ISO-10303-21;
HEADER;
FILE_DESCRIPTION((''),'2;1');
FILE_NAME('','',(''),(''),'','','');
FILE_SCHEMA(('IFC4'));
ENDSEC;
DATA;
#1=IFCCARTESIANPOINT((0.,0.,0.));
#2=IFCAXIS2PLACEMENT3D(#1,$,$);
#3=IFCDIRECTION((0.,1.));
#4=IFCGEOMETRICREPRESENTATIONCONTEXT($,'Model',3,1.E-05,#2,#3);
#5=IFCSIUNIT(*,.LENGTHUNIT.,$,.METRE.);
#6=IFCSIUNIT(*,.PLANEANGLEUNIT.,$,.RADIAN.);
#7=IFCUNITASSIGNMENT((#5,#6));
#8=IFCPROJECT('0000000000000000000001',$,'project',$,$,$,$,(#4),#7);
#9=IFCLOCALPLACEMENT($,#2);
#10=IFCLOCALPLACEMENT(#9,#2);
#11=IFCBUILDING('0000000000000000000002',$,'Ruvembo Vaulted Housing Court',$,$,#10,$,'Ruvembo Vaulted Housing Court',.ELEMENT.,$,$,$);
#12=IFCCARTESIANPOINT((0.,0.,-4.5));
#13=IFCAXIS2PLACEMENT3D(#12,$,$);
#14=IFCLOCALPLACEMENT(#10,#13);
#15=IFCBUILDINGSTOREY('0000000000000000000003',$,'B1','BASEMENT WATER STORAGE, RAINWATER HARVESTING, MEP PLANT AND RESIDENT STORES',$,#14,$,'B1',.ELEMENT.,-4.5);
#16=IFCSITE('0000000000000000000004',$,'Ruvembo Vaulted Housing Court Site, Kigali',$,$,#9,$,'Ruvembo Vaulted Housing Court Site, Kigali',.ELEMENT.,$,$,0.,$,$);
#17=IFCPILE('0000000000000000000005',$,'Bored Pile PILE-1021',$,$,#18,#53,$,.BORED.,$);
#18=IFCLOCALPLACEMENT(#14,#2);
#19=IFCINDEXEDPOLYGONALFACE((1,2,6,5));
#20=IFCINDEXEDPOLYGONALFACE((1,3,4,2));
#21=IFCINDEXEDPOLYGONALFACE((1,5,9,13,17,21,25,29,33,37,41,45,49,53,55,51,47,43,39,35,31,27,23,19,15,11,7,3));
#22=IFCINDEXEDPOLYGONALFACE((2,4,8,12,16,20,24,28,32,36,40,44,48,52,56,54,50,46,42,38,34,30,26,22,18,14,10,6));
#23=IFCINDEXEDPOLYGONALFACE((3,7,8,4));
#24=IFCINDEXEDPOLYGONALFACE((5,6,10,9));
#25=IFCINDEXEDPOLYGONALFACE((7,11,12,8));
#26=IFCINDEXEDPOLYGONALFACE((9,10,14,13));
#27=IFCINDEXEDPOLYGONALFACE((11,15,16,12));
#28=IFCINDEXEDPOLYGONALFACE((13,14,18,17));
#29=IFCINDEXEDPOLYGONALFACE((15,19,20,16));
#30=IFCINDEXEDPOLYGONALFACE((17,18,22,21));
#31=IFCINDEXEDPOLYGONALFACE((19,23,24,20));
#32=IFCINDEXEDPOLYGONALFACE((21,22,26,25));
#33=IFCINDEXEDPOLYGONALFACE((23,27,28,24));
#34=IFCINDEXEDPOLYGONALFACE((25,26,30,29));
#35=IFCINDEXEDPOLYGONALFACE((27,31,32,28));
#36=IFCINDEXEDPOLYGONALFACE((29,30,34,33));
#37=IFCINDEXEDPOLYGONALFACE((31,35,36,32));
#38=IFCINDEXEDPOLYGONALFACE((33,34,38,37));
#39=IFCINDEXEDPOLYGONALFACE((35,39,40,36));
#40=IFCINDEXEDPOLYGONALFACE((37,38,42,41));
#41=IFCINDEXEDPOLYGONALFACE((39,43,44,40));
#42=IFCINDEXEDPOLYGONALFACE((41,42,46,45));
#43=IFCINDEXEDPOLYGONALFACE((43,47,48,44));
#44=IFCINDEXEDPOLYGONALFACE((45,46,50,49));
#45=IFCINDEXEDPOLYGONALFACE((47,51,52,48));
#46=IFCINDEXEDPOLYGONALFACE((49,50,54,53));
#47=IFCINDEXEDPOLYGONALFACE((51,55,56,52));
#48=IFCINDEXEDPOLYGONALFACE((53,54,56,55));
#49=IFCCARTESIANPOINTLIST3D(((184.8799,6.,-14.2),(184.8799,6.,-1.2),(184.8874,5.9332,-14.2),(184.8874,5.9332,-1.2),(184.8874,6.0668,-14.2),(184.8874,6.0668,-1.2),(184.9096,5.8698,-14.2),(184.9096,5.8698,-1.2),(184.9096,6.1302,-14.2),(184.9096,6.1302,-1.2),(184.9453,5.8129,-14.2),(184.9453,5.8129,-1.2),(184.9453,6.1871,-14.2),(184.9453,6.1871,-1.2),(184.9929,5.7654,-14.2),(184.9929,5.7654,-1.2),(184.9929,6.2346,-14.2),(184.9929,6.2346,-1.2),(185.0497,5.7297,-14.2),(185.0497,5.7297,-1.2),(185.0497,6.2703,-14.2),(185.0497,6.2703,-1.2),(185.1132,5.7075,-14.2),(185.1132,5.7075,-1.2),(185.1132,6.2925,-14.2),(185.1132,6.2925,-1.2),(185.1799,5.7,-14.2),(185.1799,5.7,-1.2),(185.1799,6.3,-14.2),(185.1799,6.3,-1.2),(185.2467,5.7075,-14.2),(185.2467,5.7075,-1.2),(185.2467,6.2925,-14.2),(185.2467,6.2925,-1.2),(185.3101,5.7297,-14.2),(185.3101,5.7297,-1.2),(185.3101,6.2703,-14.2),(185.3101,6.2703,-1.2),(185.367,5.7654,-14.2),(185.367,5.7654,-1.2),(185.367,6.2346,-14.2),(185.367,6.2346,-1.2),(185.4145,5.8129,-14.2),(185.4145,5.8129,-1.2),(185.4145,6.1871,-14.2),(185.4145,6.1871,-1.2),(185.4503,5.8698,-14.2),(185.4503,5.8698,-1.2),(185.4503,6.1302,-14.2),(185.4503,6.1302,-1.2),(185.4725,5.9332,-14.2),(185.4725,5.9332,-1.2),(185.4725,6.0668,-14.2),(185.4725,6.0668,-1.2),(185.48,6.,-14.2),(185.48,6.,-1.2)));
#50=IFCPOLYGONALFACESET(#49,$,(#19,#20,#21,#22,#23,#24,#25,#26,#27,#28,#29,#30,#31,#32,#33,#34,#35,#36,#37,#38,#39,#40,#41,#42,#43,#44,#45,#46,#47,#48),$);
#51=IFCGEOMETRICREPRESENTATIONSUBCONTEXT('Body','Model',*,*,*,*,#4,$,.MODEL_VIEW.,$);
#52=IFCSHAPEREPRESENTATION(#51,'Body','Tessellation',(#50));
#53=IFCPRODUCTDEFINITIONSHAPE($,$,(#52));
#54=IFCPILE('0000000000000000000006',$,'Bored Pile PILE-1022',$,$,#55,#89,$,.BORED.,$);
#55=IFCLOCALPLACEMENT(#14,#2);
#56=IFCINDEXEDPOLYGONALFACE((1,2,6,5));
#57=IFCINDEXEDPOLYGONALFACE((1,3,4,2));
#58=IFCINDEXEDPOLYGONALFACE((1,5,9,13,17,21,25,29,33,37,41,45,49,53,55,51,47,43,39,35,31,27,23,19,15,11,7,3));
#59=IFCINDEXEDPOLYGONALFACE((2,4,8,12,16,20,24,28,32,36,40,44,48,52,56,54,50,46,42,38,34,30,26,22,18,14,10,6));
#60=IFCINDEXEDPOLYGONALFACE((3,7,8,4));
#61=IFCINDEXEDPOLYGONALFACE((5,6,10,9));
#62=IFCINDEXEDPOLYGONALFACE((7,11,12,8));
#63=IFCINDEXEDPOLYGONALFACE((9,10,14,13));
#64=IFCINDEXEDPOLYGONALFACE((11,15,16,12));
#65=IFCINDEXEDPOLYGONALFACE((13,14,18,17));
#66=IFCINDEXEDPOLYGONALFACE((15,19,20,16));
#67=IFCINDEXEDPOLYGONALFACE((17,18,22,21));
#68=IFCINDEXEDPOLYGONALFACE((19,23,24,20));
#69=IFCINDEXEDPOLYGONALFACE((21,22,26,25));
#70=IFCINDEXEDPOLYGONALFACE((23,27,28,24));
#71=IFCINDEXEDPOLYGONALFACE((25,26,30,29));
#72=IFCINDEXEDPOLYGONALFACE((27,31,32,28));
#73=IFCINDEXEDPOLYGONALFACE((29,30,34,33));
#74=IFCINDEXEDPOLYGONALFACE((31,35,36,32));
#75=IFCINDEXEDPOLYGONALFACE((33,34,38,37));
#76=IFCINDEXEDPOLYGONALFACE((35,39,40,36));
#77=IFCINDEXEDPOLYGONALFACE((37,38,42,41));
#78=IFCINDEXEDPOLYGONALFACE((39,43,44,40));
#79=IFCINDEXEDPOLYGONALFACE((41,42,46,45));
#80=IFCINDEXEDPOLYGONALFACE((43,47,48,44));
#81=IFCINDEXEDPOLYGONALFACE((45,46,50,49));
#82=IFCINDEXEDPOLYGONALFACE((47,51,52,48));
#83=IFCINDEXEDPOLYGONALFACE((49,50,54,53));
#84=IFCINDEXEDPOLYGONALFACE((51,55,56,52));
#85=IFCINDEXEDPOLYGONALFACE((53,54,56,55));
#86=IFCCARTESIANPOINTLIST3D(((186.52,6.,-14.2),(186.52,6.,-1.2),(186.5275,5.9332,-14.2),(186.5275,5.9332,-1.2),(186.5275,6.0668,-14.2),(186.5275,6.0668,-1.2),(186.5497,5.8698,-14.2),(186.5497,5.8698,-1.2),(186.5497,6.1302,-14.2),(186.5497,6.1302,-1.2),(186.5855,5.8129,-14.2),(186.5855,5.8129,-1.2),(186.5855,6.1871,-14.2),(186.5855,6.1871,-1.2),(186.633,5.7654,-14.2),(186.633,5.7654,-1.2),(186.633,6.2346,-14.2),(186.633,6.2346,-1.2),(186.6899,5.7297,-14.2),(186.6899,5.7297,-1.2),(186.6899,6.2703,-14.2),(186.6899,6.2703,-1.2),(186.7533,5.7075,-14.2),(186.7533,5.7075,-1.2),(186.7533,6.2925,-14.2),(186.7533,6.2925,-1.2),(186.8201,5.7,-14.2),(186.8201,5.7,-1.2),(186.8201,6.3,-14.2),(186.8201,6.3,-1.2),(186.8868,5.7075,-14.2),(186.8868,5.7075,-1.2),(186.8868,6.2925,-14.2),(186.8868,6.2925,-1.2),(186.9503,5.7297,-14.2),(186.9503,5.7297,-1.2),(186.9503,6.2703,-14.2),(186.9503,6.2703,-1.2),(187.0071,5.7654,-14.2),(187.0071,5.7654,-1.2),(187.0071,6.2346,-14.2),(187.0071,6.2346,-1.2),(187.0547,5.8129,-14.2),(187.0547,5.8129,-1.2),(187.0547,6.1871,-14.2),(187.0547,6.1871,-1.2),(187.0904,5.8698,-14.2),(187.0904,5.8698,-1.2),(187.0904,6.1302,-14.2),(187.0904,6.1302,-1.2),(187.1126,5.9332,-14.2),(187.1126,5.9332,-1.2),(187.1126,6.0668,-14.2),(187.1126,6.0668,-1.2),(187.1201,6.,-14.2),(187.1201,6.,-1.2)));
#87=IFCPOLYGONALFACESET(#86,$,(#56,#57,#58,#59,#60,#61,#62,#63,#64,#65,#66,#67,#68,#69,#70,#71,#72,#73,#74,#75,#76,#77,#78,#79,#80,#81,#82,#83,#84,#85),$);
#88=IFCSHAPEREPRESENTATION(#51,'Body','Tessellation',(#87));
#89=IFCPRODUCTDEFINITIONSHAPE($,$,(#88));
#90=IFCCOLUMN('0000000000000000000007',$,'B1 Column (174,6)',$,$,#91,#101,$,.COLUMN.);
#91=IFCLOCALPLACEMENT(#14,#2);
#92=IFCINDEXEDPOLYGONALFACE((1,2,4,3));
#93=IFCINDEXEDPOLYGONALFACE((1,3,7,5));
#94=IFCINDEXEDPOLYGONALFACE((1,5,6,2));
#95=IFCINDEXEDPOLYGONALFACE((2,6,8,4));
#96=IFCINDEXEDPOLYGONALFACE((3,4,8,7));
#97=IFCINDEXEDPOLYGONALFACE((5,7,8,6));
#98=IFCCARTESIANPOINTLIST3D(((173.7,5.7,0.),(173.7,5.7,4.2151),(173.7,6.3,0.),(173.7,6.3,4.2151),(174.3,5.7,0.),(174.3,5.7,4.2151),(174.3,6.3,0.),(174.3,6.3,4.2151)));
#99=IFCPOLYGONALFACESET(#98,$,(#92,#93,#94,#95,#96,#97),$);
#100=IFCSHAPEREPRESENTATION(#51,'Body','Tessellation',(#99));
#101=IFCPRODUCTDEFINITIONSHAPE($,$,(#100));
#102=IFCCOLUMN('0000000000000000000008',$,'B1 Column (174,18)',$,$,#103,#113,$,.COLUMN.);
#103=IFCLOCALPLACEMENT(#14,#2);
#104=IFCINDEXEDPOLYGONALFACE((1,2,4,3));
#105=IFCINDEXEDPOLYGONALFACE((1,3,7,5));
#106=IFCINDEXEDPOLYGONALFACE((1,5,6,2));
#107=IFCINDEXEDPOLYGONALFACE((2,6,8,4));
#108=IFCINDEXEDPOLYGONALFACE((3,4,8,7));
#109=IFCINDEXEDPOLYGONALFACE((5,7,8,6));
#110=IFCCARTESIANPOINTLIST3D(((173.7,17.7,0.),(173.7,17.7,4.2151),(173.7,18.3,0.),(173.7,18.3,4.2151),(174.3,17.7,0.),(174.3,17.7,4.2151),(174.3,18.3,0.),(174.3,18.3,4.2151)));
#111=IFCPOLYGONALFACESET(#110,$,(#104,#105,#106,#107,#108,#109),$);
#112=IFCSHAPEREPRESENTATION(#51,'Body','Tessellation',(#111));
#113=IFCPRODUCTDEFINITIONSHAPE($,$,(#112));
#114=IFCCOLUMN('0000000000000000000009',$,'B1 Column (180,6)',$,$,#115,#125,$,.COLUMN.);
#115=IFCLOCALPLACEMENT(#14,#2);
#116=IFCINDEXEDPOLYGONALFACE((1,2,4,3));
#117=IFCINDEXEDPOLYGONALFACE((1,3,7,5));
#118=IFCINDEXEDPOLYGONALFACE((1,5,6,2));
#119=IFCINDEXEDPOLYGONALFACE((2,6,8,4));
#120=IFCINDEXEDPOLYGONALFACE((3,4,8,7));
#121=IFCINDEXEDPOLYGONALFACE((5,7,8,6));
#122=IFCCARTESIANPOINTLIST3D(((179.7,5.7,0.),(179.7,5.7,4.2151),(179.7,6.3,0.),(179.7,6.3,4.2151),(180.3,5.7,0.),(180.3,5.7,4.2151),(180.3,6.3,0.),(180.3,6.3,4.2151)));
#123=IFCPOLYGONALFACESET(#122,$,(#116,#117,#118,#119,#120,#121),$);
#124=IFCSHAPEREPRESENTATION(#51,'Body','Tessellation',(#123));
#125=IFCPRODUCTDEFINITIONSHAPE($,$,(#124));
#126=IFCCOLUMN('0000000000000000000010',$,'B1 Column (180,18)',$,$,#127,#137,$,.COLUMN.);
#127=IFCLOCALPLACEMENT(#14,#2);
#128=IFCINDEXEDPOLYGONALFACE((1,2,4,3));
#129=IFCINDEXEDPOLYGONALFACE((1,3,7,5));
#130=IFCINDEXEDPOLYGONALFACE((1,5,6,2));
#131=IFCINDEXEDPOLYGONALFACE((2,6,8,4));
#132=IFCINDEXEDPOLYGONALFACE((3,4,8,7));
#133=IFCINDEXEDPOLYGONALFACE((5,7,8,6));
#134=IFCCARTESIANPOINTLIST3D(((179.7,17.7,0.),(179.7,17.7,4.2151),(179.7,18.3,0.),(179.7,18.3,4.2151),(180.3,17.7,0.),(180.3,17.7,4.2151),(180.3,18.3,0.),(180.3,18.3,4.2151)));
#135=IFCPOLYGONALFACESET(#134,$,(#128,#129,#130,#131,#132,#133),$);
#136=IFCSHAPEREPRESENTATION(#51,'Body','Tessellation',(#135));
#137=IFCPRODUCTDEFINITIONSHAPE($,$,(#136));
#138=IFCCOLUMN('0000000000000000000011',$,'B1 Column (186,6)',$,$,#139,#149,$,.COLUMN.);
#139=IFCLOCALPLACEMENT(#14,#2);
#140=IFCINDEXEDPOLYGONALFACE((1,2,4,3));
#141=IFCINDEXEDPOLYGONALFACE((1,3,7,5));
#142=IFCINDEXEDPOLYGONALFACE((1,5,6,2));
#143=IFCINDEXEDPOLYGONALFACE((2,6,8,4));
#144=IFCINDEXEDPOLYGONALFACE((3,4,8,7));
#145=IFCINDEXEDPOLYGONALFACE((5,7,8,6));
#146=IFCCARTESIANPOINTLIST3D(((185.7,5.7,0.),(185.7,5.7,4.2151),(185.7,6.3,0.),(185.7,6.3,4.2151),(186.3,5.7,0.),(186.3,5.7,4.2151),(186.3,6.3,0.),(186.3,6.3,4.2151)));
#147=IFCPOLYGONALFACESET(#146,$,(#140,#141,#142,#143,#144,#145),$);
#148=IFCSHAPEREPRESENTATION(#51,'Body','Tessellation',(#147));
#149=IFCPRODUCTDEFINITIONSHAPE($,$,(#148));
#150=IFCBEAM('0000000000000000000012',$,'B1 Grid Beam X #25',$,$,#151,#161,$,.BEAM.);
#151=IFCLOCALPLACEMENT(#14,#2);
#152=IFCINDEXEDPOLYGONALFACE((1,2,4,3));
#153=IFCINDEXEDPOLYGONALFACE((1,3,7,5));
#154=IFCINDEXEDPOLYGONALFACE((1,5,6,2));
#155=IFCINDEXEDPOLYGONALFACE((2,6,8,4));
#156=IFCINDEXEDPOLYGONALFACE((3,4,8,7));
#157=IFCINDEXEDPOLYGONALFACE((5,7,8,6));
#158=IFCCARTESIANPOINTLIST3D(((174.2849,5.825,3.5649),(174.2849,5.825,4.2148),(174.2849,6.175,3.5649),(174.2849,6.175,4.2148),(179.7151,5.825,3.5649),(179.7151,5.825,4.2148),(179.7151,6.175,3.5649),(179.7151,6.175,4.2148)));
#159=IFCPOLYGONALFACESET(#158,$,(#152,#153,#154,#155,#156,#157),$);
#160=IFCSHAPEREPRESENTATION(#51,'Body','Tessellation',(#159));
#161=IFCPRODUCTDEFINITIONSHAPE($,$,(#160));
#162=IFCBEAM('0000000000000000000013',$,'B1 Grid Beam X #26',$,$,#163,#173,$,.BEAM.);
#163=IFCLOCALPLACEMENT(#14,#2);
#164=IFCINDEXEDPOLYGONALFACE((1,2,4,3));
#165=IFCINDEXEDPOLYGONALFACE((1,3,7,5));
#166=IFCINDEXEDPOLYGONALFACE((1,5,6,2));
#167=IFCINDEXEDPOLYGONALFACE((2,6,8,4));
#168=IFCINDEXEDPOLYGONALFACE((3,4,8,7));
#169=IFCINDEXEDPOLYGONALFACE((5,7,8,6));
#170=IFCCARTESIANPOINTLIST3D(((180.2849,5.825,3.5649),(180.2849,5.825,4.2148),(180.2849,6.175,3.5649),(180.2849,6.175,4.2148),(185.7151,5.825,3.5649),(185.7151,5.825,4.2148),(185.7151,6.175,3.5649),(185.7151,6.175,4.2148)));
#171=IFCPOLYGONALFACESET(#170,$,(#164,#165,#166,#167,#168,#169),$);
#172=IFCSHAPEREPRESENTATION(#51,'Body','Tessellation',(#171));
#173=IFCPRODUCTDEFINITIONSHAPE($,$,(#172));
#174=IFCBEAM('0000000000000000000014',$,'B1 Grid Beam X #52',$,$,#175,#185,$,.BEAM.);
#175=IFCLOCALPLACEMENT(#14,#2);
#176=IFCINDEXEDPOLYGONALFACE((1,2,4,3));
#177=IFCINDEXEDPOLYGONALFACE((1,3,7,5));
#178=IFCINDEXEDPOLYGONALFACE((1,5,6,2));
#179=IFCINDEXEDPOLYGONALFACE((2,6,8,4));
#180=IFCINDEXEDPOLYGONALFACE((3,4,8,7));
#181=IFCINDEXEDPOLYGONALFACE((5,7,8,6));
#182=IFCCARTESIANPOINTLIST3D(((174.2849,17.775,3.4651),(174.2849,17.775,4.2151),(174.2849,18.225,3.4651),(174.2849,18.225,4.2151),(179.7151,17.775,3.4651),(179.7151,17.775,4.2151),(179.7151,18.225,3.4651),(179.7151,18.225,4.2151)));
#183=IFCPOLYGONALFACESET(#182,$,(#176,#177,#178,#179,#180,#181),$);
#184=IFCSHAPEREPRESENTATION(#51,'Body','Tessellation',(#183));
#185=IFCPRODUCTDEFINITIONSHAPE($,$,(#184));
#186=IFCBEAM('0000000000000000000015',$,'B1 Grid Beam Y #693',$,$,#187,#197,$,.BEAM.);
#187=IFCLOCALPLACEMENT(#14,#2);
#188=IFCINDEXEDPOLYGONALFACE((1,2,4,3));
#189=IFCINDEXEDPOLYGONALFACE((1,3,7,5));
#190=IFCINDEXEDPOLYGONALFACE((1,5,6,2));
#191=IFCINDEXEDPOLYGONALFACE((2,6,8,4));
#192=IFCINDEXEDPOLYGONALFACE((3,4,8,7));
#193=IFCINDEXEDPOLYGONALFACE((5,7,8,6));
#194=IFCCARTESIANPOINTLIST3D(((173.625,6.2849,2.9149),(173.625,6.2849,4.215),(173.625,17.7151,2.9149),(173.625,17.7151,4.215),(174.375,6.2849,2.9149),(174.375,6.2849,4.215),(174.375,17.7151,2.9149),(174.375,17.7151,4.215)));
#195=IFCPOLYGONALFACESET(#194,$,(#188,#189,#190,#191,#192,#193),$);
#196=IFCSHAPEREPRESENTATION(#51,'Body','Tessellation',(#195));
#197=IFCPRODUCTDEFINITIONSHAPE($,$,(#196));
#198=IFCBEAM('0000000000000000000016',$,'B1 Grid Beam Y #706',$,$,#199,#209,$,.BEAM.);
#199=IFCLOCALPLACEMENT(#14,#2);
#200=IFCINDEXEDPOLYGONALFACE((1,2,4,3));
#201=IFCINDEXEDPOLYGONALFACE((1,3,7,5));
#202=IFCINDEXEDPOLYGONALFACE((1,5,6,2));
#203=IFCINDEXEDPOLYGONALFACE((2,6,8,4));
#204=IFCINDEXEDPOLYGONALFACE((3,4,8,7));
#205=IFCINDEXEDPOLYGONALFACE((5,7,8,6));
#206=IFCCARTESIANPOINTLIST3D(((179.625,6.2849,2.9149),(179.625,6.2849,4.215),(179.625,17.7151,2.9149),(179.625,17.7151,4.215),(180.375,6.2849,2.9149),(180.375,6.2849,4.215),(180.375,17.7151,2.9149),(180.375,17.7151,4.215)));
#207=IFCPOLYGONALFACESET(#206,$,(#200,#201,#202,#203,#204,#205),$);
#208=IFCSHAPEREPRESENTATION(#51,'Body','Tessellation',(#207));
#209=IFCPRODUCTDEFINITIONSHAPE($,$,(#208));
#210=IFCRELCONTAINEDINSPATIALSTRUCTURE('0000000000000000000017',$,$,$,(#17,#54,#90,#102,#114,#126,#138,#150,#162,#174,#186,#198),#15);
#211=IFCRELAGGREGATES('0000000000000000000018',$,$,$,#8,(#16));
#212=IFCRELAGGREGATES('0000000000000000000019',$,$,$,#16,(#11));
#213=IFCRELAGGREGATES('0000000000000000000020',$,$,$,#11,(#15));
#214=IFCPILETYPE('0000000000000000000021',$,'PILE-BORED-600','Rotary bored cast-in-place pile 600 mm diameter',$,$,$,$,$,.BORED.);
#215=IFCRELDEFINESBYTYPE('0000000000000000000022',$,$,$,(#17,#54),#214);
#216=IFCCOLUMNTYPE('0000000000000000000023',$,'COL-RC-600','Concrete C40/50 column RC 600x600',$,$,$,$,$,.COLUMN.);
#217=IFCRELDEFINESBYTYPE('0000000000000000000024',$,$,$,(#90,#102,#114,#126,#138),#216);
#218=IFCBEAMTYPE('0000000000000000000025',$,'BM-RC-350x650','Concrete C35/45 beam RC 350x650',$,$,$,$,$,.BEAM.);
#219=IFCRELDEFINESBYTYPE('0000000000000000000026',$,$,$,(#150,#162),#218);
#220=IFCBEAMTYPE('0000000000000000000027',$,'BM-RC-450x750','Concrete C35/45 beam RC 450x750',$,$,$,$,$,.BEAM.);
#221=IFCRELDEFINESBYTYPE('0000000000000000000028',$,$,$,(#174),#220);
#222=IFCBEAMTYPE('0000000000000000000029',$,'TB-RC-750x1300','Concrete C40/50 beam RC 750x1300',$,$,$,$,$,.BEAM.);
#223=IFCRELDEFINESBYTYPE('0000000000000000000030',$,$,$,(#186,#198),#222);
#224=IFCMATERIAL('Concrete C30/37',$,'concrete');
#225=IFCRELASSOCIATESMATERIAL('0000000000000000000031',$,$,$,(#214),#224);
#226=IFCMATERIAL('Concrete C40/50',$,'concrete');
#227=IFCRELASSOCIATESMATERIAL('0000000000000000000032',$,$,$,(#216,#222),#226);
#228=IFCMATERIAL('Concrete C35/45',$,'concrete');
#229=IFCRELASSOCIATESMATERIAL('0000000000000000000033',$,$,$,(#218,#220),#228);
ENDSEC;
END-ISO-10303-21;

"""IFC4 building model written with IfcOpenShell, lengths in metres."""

from ifc_helpers import new_model, si_unit, direction, frame, origin, origin_2d, place, context, subcontext, project, spatial, rectangle, circle, extrude, material, material_profile, profile_set, type_object, element, save


model = new_model("IFC4")

# Units and contexts
model_context = context("Model", 3, precision=1e-05, world=origin(), true_north=direction((0.0, 1.0)))
body_context = subcontext(model_context, "Body", "Model", "MODEL_VIEW")
ifc_project = project(units=[si_unit("LENGTHUNIT", "METRE"), si_unit("PLANEANGLEUNIT", "RADIAN")], contexts=[model_context])

# Site, building, storey
site_placement = place(None, origin())
site = spatial("IfcSite", under=ifc_project, at=site_placement, Name="Ruvembo Vaulted Housing Court Site, Kigali", LongName="Ruvembo Vaulted Housing Court Site, Kigali", CompositionType="ELEMENT", RefElevation=0.0)
building_placement = place(site_placement, origin())
building = spatial("IfcBuilding", under=site, at=building_placement, Name="Ruvembo Vaulted Housing Court", LongName="Ruvembo Vaulted Housing Court", CompositionType="ELEMENT")
storey_placement = place(building_placement, frame((0.0, 0.0, -4.5)))
storey = spatial("IfcBuildingStorey", under=building, at=storey_placement, Name="B1", Description="BASEMENT WATER STORAGE, RAINWATER HARVESTING, MEP PLANT AND RESIDENT STORES", LongName="B1", CompositionType="ELEMENT", Elevation=-4.5)

# Shared definitions
ifc_material_1 = material(Name="Concrete C35/45", Category="concrete")

# Piles
ifc_material_2 = material(Name="Concrete C30/37", Category="concrete")
ifc_material_profile_1 = material_profile(ifc_material_2, circle(Radius=0.3, at=origin_2d()), Name="PILE D600")
ifc_profile_set_1 = profile_set([ifc_material_profile_1], Name="Concrete C30/37")
pile_type = type_object("IfcPileType", Name="PILE-BORED-600", Description="Rotary bored cast-in-place pile 600 mm diameter", PredefinedType="BORED", material=ifc_profile_set_1)
for number, where, z_axis, x_axis, name in (
    (1, (185.1799, 6.0, -1.2), (0.0, 0.0, -1.0), (1.0, 0.0, 0.0), "Bored Pile PILE-1021"),
    (2, (186.8201, 6.0, -1.2), (0.0, 0.0, -1.0), (1.0, 0.0, 0.0), "Bored Pile PILE-1022"),
):
    element("IfcPile", number, at=place(storey_placement, frame(where, z_axis=z_axis, x_axis=x_axis)), inside=storey, type_object=pile_type, Name=name, PredefinedType="BORED", context=body_context, shape_type="SweptSolid", body=[
        extrude(circle(Radius=0.3, at=origin_2d()), origin(), (0.0, 0.0, 1.0), 13.0),
    ])

# Columns
ifc_material_3 = material(Name="Concrete C40/50", Category="concrete")
ifc_material_profile_2 = material_profile(ifc_material_3, rectangle(XDim=0.6001, YDim=0.6001, at=origin_2d()), Name="RC 600x600")
ifc_profile_set_2 = profile_set([ifc_material_profile_2], Name="Concrete C40/50")
column_type = type_object("IfcColumnType", Name="COL-RC-600", Description="Concrete C40/50 column RC 600x600", PredefinedType="COLUMN", material=ifc_profile_set_2)
for number, where, z_axis, x_axis, name in (
    (3, (174.0, 6.0, 0.0), (0.0, 0.0, 1.0), (1.0, 0.0, 0.0), "B1 Column (174,6)"),
    (4, (174.0, 18.0, 0.0), (0.0, 0.0, 1.0), (1.0, 0.0, 0.0), "B1 Column (174,18)"),
    (5, (180.0, 6.0, 0.0), (0.0, 0.0, 1.0), (1.0, 0.0, 0.0), "B1 Column (180,6)"),
    (6, (180.0, 18.0, 0.0), (0.0, 0.0, 1.0), (1.0, 0.0, 0.0), "B1 Column (180,18)"),
    (7, (186.0, 6.0, 0.0), (0.0, 0.0, 1.0), (1.0, 0.0, 0.0), "B1 Column (186,6)"),
):
    element("IfcColumn", number, at=place(storey_placement, frame(where, z_axis=z_axis, x_axis=x_axis)), inside=storey, type_object=column_type, Name=name, PredefinedType="COLUMN", context=body_context, shape_type="SweptSolid", body=[
        extrude(rectangle(XDim=0.6001, YDim=0.6001, at=origin_2d()), origin(), (0.0, 0.0, 1.0), 4.2151),
    ])

# Beams
ifc_material_profile_3 = material_profile(ifc_material_1, rectangle(XDim=0.3501, YDim=0.6499, at=origin_2d()), Name="RC 350x650")
ifc_profile_set_3 = profile_set([ifc_material_profile_3], Name="Concrete C35/45")
beam_type_1 = type_object("IfcBeamType", Name="BM-RC-350x650", Description="Concrete C35/45 beam RC 350x650", PredefinedType="BEAM", material=ifc_profile_set_3)
for number, where, z_axis, x_axis, name in (
    (8, (174.2849, 6.0, 3.8899), (1.0, 0.0, 0.0), (0.0, 1.0, 0.0), "B1 Grid Beam X #25"),
    (9, (180.2849, 6.0, 3.8899), (1.0, 0.0, 0.0), (0.0, 1.0, 0.0), "B1 Grid Beam X #26"),
):
    element("IfcBeam", number, at=place(storey_placement, frame(where, z_axis=z_axis, x_axis=x_axis)), inside=storey, type_object=beam_type_1, Name=name, PredefinedType="BEAM", context=body_context, shape_type="SweptSolid", body=[
        extrude(rectangle(XDim=0.3501, YDim=0.6499, at=origin_2d()), origin(), (0.0, 0.0, 1.0), 5.4302),
    ])
ifc_material_profile_4 = material_profile(ifc_material_1, rectangle(XDim=0.45, YDim=0.75, at=origin_2d()), Name="RC 450x750")
ifc_profile_set_4 = profile_set([ifc_material_profile_4], Name="Concrete C35/45")
beam_type_2 = type_object("IfcBeamType", Name="BM-RC-450x750", Description="Concrete C35/45 beam RC 450x750", PredefinedType="BEAM", material=ifc_profile_set_4)
beam_placement = place(storey_placement, frame((174.2849, 18.0, 3.8401), z_axis=(1.0, 0.0, 0.0), x_axis=(0.0, 1.0, 0.0)))
element("IfcBeam", 10, at=beam_placement, inside=storey, type_object=beam_type_2, Name="B1 Grid Beam X #52", PredefinedType="BEAM", context=body_context, shape_type="SweptSolid", body=[
    extrude(rectangle(XDim=0.45, YDim=0.75, at=origin_2d()), origin(), (0.0, 0.0, 1.0), 5.4302),
])
ifc_material_profile_5 = material_profile(ifc_material_3, rectangle(XDim=0.75, YDim=1.3, at=origin_2d()), Name="RC 750x1300")
ifc_profile_set_5 = profile_set([ifc_material_profile_5], Name="Concrete C40/50")
beam_type_3 = type_object("IfcBeamType", Name="TB-RC-750x1300", Description="Concrete C40/50 beam RC 750x1300", PredefinedType="BEAM", material=ifc_profile_set_5)
for number, where, z_axis, x_axis, name in (
    (11, (174.0, 6.2849, 3.5649), (0.0, 1.0, 0.0), (-1.0, 0.0, 0.0), "B1 Grid Beam Y #693"),
    (12, (180.0, 6.2849, 3.5649), (0.0, 1.0, 0.0), (-1.0, 0.0, 0.0), "B1 Grid Beam Y #706"),
):
    element("IfcBeam", number, at=place(storey_placement, frame(where, z_axis=z_axis, x_axis=x_axis)), inside=storey, type_object=beam_type_3, Name=name, PredefinedType="BEAM", context=body_context, shape_type="SweptSolid", body=[
        extrude(rectangle(XDim=0.75, YDim=1.3, at=origin_2d()), origin(), (0.0, 0.0, 1.0), 11.4302),
    ])

save(model, "model.ifc")
